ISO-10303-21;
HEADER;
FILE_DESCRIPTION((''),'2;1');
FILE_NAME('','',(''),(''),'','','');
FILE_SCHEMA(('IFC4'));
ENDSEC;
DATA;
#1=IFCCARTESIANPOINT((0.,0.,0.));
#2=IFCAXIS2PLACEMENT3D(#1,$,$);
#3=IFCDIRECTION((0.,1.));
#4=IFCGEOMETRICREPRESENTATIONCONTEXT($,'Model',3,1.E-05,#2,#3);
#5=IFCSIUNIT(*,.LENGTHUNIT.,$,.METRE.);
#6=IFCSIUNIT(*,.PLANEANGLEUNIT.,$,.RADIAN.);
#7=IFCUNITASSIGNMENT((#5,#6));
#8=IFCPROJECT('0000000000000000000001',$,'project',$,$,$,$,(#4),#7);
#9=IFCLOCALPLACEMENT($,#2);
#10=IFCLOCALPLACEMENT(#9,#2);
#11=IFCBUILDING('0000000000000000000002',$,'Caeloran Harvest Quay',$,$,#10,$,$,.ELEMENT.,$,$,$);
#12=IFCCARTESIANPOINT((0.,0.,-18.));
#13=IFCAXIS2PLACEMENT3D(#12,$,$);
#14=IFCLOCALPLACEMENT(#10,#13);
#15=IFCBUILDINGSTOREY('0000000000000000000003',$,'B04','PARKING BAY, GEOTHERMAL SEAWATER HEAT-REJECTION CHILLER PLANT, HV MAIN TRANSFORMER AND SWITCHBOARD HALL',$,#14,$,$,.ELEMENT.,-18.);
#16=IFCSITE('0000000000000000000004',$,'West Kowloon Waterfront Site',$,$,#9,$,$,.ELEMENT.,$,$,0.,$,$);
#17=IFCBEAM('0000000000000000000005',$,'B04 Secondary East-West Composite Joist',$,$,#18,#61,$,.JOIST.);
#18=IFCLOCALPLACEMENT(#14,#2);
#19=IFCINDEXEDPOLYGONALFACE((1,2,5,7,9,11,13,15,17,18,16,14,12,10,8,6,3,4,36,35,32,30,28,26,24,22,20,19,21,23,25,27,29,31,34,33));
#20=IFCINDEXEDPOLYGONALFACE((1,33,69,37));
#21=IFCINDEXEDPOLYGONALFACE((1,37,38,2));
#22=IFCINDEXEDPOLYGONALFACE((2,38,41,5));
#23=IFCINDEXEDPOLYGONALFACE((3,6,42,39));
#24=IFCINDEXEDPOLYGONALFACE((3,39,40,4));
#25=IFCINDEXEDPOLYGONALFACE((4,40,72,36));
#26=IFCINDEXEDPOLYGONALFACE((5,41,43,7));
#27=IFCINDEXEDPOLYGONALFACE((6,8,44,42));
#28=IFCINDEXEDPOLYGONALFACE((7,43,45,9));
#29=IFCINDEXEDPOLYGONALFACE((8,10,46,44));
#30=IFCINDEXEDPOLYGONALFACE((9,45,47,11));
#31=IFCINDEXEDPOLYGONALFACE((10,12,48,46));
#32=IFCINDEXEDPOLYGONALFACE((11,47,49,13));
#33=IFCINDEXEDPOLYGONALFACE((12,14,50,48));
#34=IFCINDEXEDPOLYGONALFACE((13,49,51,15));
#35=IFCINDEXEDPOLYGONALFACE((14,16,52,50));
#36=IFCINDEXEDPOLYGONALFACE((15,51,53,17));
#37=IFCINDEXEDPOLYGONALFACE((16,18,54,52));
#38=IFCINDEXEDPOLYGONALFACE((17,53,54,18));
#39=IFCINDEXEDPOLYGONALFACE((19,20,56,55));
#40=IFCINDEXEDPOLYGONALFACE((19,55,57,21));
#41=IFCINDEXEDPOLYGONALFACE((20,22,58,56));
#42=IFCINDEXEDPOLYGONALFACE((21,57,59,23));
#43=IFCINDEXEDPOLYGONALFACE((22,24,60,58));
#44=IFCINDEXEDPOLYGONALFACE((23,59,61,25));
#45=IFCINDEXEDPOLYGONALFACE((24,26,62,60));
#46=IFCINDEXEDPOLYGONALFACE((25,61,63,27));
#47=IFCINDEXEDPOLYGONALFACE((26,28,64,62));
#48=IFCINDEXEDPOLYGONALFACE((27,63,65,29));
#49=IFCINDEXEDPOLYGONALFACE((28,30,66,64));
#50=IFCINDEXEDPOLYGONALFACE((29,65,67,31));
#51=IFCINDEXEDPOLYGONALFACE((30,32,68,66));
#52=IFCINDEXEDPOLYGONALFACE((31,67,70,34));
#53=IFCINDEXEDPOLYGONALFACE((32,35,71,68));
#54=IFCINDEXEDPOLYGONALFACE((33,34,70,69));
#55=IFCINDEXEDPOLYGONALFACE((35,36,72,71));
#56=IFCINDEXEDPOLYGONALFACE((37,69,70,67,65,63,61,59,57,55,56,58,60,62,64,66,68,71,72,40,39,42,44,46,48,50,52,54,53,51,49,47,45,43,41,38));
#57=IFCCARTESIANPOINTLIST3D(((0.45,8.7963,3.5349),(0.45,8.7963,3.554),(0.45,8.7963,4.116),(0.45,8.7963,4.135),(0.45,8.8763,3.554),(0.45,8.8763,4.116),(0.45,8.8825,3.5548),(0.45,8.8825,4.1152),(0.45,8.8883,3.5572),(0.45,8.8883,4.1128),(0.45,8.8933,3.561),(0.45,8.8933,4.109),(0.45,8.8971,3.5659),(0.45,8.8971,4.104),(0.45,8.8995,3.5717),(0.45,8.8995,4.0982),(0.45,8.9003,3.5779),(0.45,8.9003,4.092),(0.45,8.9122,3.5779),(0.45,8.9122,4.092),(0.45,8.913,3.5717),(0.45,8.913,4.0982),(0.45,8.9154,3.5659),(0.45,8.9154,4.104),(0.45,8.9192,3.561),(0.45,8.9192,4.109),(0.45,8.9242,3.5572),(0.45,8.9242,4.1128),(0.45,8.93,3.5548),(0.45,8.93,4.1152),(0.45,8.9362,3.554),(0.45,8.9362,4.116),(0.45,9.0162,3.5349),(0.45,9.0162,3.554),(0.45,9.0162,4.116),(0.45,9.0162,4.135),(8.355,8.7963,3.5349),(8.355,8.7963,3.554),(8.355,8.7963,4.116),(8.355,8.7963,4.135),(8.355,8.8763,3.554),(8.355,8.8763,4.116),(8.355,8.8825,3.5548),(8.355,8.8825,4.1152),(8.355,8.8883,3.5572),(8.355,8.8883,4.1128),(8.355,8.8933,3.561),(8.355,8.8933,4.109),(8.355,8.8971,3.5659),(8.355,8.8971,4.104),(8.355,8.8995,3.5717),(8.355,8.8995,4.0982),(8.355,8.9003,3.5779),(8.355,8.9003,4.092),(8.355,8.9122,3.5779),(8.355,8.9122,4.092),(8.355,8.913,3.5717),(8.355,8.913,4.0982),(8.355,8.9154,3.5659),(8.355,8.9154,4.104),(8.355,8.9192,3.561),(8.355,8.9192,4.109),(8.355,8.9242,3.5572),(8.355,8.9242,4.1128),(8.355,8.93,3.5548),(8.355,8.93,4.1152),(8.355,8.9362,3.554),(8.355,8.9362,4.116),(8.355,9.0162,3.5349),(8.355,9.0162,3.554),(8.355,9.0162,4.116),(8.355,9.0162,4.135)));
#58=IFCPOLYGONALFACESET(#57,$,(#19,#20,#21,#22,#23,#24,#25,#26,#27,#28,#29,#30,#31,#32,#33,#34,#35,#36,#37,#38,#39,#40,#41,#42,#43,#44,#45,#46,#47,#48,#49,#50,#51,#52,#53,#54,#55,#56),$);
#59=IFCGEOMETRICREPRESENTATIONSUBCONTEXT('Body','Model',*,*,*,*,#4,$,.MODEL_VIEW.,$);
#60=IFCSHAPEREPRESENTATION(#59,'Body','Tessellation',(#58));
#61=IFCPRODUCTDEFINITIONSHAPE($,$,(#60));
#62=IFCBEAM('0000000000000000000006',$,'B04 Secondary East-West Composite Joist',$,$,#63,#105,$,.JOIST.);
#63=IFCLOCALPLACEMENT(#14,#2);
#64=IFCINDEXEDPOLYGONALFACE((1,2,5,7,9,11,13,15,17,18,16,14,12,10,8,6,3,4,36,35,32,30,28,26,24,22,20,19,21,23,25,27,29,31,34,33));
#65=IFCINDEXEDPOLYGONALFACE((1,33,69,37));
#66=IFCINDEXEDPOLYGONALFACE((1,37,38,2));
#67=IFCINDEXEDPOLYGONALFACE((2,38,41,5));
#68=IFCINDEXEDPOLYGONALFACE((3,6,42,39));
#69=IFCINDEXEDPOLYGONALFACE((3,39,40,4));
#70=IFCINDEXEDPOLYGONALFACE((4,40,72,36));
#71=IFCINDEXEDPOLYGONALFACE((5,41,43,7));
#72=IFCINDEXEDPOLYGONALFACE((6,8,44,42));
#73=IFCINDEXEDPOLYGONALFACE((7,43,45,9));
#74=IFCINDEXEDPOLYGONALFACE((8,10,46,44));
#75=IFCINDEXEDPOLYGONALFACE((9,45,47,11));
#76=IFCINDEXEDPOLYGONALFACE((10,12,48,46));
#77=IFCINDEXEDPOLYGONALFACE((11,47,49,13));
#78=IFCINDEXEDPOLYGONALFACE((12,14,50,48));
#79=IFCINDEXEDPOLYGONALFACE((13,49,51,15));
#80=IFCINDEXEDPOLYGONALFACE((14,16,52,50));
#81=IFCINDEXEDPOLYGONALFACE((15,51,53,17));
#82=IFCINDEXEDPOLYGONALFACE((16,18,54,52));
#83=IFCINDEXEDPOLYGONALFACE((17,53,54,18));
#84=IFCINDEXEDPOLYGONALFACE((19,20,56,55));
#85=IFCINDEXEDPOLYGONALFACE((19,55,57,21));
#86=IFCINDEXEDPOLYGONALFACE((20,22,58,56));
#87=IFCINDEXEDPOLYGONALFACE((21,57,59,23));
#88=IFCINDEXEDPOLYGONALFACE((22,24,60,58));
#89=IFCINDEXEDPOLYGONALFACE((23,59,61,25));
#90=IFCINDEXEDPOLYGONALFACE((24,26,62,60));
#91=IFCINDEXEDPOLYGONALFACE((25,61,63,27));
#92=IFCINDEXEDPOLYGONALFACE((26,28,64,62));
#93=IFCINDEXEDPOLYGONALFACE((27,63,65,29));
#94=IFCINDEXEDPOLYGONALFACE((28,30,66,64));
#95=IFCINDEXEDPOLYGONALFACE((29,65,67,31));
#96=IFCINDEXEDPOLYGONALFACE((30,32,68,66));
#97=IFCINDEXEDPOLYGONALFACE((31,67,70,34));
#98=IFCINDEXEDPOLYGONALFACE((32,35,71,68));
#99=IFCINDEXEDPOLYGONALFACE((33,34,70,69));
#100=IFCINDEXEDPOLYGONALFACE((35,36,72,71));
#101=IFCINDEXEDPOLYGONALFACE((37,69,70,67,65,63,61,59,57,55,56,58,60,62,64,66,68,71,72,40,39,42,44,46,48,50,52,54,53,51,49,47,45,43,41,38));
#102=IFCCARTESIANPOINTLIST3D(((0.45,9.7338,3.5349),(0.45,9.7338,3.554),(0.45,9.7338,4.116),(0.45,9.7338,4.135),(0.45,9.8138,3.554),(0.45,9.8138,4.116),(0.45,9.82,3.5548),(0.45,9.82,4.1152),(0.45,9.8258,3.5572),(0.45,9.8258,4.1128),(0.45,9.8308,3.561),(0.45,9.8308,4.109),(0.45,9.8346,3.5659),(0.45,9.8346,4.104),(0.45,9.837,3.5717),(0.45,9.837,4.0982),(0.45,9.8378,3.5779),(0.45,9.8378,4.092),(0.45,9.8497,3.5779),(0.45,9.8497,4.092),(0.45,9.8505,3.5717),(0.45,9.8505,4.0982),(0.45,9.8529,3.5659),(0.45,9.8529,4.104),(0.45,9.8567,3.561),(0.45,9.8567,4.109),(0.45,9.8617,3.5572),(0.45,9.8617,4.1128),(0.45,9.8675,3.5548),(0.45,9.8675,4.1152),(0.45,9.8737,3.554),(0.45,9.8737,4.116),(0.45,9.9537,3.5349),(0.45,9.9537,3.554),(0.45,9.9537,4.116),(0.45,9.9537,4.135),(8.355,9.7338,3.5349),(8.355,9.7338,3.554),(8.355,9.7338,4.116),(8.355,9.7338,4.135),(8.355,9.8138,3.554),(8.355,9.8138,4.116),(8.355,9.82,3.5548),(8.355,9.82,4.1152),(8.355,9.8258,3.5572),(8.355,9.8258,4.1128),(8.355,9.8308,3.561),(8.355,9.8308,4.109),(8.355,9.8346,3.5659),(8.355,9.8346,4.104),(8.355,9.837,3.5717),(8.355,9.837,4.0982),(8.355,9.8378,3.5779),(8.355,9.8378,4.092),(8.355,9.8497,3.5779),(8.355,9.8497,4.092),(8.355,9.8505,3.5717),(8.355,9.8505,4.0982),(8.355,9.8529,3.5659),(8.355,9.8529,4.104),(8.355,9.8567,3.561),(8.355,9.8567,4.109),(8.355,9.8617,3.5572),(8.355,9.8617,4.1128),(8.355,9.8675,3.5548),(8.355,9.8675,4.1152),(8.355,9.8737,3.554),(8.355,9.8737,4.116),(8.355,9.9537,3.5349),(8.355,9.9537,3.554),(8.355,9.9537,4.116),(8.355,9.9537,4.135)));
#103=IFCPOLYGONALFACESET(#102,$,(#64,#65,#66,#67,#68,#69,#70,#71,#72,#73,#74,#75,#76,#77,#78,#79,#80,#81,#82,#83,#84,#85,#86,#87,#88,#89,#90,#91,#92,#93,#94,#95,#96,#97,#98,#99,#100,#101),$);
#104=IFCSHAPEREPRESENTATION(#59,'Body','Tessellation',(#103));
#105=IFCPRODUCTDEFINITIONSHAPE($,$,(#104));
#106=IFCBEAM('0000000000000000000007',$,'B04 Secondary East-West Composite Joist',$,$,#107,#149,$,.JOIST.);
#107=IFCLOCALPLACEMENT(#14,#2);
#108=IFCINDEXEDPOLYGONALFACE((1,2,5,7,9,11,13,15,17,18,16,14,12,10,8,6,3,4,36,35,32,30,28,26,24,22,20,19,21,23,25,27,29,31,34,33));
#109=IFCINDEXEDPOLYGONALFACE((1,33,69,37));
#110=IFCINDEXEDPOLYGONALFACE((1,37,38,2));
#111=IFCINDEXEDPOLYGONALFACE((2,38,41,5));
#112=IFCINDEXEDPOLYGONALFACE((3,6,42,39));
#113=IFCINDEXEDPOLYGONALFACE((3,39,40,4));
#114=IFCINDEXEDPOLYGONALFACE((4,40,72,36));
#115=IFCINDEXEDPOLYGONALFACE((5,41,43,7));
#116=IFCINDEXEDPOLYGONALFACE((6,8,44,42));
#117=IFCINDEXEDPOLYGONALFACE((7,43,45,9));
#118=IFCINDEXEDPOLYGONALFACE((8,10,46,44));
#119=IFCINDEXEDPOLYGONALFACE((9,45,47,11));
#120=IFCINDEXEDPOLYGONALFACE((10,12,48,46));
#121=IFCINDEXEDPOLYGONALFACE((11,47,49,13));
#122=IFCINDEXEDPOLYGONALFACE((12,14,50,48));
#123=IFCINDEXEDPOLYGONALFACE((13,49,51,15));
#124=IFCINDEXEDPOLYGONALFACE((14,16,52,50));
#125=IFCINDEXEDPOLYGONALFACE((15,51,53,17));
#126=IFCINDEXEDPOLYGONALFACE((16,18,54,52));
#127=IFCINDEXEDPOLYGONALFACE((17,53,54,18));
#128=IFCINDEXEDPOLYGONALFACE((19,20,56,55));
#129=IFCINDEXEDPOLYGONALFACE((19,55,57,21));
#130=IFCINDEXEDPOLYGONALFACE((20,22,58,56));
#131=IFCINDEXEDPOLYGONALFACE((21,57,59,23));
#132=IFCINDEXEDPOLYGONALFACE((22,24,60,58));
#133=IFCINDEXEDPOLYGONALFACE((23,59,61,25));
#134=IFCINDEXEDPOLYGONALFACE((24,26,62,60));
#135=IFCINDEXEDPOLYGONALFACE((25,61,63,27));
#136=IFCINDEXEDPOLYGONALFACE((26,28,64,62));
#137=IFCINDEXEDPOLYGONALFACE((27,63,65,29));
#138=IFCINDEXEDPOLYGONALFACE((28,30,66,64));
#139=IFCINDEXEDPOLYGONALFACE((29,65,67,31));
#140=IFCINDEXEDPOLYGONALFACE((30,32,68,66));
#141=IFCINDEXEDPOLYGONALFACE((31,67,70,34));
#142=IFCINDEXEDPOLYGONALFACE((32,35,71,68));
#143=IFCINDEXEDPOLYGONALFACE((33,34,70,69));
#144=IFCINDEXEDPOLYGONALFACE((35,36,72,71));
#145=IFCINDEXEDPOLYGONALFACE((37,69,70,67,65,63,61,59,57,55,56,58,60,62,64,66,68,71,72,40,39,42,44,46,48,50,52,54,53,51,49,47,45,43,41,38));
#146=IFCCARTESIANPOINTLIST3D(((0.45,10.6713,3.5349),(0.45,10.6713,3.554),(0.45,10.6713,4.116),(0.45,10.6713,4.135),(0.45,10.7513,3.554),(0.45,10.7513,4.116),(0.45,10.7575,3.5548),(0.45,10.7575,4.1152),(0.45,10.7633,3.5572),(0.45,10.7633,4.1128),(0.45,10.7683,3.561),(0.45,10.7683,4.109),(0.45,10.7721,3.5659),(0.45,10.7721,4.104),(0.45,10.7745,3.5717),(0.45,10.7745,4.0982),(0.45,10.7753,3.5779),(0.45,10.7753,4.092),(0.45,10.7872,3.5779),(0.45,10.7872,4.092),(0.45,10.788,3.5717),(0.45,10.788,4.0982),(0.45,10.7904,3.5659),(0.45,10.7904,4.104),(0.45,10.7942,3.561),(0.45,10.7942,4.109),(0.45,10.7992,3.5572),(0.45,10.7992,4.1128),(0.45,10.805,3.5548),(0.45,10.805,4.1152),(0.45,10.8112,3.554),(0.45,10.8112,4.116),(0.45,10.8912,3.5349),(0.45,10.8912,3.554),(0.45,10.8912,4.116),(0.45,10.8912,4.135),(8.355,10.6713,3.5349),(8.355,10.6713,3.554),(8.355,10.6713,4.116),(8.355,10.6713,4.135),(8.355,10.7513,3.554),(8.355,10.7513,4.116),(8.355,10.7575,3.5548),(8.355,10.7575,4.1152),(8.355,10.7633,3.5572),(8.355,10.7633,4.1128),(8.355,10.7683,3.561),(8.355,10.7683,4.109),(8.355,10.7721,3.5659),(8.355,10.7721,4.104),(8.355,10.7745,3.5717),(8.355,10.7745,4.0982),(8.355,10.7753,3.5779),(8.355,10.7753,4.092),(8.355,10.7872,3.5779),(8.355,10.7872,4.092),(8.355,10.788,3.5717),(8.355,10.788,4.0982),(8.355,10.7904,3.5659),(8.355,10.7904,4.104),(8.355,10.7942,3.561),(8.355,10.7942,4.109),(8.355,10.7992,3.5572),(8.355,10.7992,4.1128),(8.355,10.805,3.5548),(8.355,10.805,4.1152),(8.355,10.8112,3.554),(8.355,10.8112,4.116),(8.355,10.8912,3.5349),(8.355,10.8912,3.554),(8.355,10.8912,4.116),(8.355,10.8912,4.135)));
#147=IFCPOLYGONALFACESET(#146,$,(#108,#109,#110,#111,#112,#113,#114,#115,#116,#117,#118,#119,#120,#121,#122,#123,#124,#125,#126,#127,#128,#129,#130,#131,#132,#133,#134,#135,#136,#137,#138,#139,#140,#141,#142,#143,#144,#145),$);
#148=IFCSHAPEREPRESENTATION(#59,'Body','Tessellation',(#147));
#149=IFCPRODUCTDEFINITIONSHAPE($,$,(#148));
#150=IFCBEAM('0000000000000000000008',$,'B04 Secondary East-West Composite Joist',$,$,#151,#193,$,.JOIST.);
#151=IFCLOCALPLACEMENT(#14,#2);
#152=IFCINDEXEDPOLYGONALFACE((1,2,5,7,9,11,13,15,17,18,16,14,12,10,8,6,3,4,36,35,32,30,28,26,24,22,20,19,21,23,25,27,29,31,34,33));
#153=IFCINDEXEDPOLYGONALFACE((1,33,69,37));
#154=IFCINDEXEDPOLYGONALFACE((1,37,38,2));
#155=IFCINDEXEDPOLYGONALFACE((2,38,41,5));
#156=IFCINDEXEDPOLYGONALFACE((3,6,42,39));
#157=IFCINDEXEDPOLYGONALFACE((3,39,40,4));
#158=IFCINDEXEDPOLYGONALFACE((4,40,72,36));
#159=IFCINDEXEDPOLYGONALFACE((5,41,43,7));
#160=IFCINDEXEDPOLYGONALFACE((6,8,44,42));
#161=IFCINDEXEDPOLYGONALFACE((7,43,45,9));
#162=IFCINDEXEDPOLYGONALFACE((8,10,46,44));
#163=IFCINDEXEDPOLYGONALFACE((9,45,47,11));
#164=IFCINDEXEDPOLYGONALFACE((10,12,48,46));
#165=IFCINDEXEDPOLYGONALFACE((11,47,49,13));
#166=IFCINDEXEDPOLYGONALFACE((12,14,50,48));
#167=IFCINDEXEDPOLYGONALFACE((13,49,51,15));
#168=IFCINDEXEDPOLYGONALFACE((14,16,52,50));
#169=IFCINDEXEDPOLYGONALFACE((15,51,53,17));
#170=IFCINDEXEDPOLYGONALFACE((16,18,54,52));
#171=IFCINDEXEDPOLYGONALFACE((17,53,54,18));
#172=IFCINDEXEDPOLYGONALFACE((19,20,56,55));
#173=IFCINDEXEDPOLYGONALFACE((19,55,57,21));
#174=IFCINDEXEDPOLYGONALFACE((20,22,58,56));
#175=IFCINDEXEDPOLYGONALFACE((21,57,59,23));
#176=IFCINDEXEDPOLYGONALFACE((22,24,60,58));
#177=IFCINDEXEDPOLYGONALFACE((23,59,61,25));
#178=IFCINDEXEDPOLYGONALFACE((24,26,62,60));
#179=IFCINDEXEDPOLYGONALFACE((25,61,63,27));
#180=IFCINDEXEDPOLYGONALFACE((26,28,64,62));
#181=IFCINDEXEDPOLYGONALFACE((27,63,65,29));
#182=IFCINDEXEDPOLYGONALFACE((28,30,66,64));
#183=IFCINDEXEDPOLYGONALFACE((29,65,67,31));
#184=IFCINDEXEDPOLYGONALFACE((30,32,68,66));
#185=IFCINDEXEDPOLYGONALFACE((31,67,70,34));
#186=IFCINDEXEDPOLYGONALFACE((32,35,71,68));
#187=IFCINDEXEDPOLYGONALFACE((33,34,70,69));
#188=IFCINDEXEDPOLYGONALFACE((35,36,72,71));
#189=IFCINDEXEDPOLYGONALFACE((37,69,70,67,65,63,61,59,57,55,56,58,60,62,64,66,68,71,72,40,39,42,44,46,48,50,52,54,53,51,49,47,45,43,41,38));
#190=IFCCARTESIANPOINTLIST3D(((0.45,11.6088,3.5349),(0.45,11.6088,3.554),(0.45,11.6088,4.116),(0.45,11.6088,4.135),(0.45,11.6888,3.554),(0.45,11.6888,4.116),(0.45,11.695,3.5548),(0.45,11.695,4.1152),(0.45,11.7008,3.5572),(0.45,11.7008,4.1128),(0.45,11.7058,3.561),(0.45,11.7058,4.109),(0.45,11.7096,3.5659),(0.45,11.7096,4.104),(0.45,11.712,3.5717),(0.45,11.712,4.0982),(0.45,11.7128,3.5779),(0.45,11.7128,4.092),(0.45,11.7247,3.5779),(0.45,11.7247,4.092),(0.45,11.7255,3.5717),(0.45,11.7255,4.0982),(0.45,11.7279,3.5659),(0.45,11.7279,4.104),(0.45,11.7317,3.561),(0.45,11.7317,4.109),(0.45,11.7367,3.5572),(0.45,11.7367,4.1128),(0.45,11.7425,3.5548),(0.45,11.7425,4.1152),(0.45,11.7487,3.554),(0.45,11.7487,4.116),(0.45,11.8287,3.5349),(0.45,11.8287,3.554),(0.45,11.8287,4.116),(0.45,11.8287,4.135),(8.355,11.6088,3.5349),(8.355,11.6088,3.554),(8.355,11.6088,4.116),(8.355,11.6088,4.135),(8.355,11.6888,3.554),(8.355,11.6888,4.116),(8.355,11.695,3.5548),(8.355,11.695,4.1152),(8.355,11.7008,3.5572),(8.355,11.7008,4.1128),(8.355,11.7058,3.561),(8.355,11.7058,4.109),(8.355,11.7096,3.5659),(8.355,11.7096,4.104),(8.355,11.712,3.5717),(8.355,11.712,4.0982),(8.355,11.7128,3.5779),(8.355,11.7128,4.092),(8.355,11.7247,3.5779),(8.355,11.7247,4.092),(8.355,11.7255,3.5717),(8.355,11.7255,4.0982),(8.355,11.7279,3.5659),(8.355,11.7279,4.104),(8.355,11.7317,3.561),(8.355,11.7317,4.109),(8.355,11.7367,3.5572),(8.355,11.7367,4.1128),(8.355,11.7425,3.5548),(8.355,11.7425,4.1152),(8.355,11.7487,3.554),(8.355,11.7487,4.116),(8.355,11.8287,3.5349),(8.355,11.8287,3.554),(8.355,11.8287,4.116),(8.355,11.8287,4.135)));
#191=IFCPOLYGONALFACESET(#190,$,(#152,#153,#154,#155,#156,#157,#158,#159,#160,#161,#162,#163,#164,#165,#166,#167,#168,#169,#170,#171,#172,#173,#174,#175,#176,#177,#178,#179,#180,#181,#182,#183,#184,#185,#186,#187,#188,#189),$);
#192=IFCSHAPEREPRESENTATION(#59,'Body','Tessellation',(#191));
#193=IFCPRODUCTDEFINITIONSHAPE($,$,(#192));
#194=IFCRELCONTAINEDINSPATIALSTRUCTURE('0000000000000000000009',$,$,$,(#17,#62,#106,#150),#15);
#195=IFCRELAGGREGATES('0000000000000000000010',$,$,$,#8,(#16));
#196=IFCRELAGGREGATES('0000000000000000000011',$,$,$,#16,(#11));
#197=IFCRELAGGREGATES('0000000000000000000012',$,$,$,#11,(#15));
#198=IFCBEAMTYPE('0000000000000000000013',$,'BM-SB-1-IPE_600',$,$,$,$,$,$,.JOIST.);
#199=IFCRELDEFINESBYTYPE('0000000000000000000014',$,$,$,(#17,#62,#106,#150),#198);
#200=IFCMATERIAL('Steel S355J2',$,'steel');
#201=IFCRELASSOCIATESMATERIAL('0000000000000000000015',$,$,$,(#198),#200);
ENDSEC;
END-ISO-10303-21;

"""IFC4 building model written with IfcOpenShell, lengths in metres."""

from ifc_helpers import new_model, si_unit, direction, frame, origin, origin_2d, place, context, subcontext, project, spatial, i_section, extrude, material, material_profile, profile_set, type_object, element, save


model = new_model("IFC4")

# Units and contexts
model_context = context("Model", 3, precision=1e-05, world=origin(), true_north=direction((0.0, 1.0)))
body_context = subcontext(model_context, "Body", "Model", "MODEL_VIEW")
ifc_project = project(units=[si_unit("LENGTHUNIT", "METRE"), si_unit("PLANEANGLEUNIT", "RADIAN")], contexts=[model_context])

# Site, building, storey
site_placement = place(None, origin())
site = spatial("IfcSite", under=ifc_project, at=site_placement, Name="West Kowloon Waterfront Site", CompositionType="ELEMENT", RefElevation=0.0)
building_placement = place(site_placement, origin())
building = spatial("IfcBuilding", under=site, at=building_placement, Name="Caeloran Harvest Quay", CompositionType="ELEMENT")
storey_placement = place(building_placement, frame((0.0, 0.0, -18.0)))
storey = spatial("IfcBuildingStorey", under=building, at=storey_placement, Name="B04", Description="PARKING BAY, GEOTHERMAL SEAWATER HEAT-REJECTION CHILLER PLANT, HV MAIN TRANSFORMER AND SWITCHBOARD HALL", CompositionType="ELEMENT", Elevation=-18.0)

# Beams
ifc_material_1 = material(Name="Steel S355J2", Category="steel")
ifc_material_profile_1 = material_profile(ifc_material_1, i_section(OverallWidth=0.22, OverallDepth=0.6001, WebThickness=0.012, FlangeThickness=0.019, FilletRadius=0.0239, at=origin_2d()), Name="IPE 600")
ifc_profile_set_1 = profile_set([ifc_material_profile_1], Name="Steel S355J2")
beam_type_1 = type_object("IfcBeamType", Name="BM-SB-1-IPE_600", PredefinedType="JOIST", material=ifc_profile_set_1)
for number, where, z_axis, x_axis, name in (
    (1, (0.45, 8.9062, 3.835), (1.0, 0.0, 0.0), (0.0, 1.0, 0.0), "B04 Secondary East-West Composite Joist"),
    (2, (0.45, 9.8438, 3.835), (1.0, 0.0, 0.0), (0.0, 1.0, 0.0), "B04 Secondary East-West Composite Joist"),
    (3, (0.45, 10.7812, 3.835), (1.0, 0.0, 0.0), (0.0, 1.0, 0.0), "B04 Secondary East-West Composite Joist"),
    (4, (0.45, 11.7188, 3.835), (1.0, 0.0, 0.0), (0.0, 1.0, 0.0), "B04 Secondary East-West Composite Joist"),
):
    element("IfcBeam", number, at=place(storey_placement, frame(where, z_axis=z_axis, x_axis=x_axis)), inside=storey, type_object=beam_type_1, Name=name, PredefinedType="JOIST", context=body_context, shape_type="SweptSolid", body=[
        extrude(i_section(OverallWidth=0.22, OverallDepth=0.6001, WebThickness=0.012, FlangeThickness=0.019, FilletRadius=0.0239, at=origin_2d()), origin(), (0.0, 0.0, 1.0), 7.905),
    ])

save(model, "model.ifc")
